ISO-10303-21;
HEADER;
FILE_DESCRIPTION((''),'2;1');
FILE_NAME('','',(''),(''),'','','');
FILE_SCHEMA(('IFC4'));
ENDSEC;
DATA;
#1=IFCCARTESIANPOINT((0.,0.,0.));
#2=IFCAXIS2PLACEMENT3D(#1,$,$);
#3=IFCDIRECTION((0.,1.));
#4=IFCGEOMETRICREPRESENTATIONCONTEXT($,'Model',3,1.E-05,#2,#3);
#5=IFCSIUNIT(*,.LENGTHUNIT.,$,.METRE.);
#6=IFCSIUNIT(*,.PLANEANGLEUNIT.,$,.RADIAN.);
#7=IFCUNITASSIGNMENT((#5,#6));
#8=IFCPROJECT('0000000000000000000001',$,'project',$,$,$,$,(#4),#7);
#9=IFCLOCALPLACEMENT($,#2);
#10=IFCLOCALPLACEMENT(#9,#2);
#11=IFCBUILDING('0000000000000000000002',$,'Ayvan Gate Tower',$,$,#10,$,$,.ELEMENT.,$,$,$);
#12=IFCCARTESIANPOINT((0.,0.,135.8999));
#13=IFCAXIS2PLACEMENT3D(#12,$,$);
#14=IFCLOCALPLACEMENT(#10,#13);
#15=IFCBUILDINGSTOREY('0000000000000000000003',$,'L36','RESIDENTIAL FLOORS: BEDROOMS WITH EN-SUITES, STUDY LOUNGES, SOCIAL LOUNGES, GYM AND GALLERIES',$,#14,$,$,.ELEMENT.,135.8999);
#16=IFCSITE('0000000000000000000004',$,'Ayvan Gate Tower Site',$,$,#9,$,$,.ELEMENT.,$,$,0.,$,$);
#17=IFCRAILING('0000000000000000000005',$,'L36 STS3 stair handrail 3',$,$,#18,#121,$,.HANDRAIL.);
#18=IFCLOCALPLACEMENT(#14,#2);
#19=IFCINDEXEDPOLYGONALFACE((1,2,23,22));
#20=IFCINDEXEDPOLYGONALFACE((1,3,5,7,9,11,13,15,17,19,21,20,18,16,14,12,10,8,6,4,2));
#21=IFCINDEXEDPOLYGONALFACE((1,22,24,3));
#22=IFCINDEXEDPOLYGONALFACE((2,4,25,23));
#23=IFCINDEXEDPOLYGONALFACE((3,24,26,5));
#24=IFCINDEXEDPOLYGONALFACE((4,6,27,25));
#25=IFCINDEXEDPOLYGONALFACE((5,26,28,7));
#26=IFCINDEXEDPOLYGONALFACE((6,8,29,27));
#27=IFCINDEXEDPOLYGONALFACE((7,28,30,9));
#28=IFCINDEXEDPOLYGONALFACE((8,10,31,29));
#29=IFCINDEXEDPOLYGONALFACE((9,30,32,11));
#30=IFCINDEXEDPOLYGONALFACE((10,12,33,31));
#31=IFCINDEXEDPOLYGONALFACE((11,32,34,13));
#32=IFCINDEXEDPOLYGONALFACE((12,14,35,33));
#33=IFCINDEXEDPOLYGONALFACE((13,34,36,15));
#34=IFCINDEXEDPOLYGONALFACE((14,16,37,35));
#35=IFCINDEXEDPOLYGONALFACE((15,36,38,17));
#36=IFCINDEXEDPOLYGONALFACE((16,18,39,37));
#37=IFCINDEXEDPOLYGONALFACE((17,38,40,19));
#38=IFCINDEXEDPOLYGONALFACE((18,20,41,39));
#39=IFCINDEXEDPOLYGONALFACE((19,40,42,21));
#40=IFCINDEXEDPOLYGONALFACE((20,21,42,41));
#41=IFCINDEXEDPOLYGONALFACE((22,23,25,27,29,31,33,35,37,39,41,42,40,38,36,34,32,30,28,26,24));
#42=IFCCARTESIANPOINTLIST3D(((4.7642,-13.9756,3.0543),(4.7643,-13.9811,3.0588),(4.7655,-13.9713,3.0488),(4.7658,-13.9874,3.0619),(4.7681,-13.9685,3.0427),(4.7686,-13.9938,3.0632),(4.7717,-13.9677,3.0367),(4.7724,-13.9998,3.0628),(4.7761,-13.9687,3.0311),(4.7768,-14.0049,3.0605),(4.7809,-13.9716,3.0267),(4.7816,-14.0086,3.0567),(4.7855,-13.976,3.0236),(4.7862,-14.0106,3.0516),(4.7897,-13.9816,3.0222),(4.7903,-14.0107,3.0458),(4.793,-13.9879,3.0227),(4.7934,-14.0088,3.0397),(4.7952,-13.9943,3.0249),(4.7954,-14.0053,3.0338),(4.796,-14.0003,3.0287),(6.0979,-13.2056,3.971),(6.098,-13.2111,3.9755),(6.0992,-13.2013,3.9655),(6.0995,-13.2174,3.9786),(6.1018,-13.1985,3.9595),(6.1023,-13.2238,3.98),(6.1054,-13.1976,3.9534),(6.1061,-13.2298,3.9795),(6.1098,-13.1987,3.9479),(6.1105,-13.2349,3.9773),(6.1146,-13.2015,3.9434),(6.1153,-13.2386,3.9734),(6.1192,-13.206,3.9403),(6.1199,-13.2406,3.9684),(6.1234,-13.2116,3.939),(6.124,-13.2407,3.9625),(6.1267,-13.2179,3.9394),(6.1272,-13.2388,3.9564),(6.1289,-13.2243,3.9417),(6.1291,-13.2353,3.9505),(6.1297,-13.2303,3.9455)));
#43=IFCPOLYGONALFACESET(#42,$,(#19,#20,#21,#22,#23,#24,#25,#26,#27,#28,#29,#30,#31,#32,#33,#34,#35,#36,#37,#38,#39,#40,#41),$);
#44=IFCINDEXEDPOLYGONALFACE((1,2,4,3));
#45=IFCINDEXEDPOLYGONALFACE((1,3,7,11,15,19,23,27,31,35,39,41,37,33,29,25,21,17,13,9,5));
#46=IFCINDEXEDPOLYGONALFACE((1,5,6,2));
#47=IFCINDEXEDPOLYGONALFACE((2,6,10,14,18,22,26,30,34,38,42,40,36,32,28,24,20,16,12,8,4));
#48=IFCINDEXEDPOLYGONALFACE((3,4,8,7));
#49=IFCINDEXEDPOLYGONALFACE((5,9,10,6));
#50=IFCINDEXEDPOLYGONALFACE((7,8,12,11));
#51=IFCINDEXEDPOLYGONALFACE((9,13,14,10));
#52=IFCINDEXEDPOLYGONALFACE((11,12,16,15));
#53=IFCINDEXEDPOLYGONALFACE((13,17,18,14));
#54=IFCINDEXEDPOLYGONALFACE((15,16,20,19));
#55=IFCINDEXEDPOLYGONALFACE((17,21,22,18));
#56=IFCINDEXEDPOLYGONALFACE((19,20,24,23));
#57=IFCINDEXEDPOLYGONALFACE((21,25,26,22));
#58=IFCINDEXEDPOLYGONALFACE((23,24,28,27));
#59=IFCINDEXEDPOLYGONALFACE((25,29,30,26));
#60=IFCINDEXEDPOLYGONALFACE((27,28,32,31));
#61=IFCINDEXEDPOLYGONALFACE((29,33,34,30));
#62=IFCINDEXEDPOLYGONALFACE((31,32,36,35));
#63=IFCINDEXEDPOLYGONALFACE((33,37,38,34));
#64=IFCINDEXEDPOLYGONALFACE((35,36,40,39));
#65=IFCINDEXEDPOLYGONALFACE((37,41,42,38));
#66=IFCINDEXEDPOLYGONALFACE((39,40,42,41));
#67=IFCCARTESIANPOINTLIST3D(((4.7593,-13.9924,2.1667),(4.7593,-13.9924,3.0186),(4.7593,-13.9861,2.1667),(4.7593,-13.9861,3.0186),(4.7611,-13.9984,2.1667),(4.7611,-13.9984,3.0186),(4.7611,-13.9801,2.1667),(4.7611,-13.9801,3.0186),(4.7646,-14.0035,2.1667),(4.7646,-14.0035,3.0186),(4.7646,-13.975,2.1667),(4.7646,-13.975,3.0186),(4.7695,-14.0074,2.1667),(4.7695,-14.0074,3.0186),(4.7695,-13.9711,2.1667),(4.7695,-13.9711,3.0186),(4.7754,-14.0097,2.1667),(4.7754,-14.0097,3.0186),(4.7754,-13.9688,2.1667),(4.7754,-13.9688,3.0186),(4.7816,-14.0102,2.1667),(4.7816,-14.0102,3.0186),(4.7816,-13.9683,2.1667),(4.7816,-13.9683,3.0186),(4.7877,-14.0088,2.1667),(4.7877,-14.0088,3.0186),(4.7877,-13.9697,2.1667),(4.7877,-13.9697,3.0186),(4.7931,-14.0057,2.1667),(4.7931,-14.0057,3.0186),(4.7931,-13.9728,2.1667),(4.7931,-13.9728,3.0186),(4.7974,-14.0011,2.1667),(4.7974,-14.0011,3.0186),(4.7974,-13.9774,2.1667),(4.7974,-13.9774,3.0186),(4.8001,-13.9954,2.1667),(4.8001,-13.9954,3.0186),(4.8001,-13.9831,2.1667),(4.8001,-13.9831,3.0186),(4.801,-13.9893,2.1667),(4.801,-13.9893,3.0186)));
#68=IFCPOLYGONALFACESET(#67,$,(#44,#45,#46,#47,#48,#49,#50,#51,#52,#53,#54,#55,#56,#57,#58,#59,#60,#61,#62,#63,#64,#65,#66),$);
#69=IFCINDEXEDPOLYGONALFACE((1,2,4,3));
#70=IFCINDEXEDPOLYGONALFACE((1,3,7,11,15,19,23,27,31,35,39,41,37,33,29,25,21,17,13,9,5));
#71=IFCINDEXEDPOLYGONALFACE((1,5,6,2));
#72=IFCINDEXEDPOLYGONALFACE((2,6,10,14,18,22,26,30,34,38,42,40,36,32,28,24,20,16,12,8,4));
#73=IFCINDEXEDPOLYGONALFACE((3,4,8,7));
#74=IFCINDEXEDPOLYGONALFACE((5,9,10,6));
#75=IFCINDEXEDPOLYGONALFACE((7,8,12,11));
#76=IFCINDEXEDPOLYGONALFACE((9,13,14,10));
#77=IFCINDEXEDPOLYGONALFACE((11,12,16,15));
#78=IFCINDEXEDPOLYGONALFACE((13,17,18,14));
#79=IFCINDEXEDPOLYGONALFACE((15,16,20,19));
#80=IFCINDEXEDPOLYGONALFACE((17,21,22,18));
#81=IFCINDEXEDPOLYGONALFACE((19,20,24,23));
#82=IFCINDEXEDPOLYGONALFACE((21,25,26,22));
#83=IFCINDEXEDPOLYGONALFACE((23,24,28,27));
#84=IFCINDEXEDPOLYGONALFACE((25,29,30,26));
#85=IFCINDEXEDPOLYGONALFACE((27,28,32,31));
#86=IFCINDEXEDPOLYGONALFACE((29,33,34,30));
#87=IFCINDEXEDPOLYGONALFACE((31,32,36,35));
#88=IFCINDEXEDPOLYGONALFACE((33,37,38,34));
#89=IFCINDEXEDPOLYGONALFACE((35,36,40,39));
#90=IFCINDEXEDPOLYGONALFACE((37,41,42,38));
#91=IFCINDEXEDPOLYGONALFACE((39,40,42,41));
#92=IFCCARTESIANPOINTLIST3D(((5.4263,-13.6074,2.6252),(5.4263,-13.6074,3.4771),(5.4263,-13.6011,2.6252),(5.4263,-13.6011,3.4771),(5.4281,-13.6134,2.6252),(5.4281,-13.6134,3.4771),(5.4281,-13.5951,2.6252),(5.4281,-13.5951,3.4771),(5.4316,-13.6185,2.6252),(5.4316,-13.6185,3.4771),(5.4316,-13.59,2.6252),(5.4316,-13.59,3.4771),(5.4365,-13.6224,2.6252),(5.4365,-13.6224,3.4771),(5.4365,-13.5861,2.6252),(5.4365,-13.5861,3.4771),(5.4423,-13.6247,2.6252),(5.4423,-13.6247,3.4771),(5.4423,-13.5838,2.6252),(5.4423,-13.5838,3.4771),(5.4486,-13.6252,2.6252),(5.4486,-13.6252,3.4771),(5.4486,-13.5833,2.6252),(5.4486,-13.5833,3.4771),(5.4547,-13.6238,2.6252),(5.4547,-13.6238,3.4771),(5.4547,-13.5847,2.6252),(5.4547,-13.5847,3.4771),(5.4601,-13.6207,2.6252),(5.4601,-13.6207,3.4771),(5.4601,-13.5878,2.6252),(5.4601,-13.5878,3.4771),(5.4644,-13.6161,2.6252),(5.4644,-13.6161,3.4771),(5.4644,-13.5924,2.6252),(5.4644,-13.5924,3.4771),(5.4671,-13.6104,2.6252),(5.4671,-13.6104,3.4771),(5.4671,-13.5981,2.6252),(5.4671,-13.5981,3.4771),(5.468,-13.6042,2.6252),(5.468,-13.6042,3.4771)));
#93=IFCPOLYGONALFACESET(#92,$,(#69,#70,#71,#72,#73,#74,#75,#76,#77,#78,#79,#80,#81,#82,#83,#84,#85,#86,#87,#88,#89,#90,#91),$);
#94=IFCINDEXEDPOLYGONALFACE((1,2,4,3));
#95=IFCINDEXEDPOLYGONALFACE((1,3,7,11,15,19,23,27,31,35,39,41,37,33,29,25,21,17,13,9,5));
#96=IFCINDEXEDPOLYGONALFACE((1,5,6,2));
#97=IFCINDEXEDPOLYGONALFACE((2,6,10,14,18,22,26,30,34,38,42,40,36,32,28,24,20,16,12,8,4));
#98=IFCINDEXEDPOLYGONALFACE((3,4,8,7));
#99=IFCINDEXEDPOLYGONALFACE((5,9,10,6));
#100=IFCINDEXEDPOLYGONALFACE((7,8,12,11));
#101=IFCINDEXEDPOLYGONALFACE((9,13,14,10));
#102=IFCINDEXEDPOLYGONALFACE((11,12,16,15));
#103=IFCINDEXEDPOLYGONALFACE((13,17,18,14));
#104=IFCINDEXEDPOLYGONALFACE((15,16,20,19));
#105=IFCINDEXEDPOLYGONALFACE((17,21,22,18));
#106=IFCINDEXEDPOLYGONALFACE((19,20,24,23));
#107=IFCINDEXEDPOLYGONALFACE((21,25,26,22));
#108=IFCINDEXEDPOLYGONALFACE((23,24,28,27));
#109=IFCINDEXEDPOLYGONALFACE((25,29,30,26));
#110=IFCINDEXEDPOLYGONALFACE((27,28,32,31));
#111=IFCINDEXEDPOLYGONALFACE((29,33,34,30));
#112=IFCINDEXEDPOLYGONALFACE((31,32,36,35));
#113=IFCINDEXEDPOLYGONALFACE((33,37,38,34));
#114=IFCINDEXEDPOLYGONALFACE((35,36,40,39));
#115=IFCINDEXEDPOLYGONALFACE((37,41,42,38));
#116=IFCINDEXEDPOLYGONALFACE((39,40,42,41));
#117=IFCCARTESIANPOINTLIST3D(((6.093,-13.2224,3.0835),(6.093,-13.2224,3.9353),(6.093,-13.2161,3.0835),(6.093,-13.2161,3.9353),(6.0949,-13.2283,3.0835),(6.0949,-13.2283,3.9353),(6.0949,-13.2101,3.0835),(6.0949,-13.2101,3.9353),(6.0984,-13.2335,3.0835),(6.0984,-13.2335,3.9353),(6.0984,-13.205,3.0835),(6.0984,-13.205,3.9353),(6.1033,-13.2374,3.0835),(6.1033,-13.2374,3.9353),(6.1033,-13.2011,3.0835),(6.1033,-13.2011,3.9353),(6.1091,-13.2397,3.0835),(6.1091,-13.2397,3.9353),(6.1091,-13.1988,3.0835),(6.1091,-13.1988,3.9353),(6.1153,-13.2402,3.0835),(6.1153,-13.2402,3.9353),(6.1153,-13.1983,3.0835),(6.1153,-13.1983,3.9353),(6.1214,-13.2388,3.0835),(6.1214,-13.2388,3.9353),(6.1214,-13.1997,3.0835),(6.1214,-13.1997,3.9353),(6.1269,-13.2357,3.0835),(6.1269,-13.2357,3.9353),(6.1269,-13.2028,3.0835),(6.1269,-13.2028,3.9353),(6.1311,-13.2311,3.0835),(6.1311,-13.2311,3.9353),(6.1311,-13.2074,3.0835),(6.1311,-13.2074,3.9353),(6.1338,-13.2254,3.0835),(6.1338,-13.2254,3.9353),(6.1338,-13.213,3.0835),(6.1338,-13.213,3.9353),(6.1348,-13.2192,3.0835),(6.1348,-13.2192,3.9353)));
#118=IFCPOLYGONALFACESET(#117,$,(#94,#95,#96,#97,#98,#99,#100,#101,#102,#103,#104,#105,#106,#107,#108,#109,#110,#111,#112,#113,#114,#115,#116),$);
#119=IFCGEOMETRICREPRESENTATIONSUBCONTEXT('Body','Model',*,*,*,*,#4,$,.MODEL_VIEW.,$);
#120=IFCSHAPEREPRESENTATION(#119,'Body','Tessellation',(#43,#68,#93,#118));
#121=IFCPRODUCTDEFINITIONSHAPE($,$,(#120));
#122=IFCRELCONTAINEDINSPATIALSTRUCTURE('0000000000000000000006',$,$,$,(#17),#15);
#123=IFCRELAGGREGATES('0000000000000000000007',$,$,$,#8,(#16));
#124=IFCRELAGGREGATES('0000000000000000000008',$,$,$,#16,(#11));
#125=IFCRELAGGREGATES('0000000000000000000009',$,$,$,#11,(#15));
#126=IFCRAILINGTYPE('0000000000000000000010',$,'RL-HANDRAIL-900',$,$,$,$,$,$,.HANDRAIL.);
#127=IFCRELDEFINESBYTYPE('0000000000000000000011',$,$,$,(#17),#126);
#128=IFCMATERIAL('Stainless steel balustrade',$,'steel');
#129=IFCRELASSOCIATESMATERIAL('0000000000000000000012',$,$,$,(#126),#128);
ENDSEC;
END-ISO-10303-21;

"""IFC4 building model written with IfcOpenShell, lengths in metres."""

from ifc_helpers import new_model, si_unit, direction, frame, origin, origin_2d, place, context, subcontext, project, spatial, circle, extrude, material, type_object, element, save


model = new_model("IFC4")

# Units and contexts
model_context = context("Model", 3, precision=1e-05, world=origin(), true_north=direction((0.0, 1.0)))
body_context = subcontext(model_context, "Body", "Model", "MODEL_VIEW")
ifc_project = project(units=[si_unit("LENGTHUNIT", "METRE"), si_unit("PLANEANGLEUNIT", "RADIAN")], contexts=[model_context])

# Site, building, storey
site_placement = place(None, origin())
site = spatial("IfcSite", under=ifc_project, at=site_placement, Name="Ayvan Gate Tower Site", CompositionType="ELEMENT", RefElevation=0.0)
building_placement = place(site_placement, origin())
building = spatial("IfcBuilding", under=site, at=building_placement, Name="Ayvan Gate Tower", CompositionType="ELEMENT")
storey_placement = place(building_placement, frame((0.0, 0.0, 135.8999)))
storey = spatial("IfcBuildingStorey", under=building, at=storey_placement, Name="L36", Description="RESIDENTIAL FLOORS: BEDROOMS WITH EN-SUITES, STUDY LOUNGES, SOCIAL LOUNGES, GYM AND GALLERIES", CompositionType="ELEMENT", Elevation=135.8999)

# Railing
ifc_material_1 = material(Name="Stainless steel balustrade", Category="steel")
railing_type_1 = type_object("IfcRailingType", Name="RL-HANDRAIL-900", PredefinedType="HANDRAIL", material=ifc_material_1)
railing_1_placement = place(storey_placement, frame((4.78, -13.9893, 2.1667)))
element("IfcRailing", 1, at=railing_1_placement, inside=storey, type_object=railing_type_1, Name="L36 STS3 stair handrail 3", PredefinedType="HANDRAIL", context=body_context, shape_type="SweptSolid", body=[
    extrude(circle(Radius=0.0239, at=origin_2d()), frame((0.0, 0.0, 0.876), z_axis=(0.744164, 0.429634, 0.511502), x_axis=(-0.499992, 0.86603, 0.0)), (0.0, 0.0, 1.0), 1.7922),
    extrude(circle(Radius=0.021, at=origin_2d()), origin(), (0.0, 0.0, 1.0), 0.8518),
    extrude(circle(Radius=0.021, at=origin_2d()), frame((0.667, 0.385, 0.4585)), (0.0, 0.0, 1.0), 0.8518),
    extrude(circle(Radius=0.021, at=origin_2d()), frame((1.3337, 0.77, 0.9167)), (0.0, 0.0, 1.0), 0.8518),
])

save(model, "model.ifc")
